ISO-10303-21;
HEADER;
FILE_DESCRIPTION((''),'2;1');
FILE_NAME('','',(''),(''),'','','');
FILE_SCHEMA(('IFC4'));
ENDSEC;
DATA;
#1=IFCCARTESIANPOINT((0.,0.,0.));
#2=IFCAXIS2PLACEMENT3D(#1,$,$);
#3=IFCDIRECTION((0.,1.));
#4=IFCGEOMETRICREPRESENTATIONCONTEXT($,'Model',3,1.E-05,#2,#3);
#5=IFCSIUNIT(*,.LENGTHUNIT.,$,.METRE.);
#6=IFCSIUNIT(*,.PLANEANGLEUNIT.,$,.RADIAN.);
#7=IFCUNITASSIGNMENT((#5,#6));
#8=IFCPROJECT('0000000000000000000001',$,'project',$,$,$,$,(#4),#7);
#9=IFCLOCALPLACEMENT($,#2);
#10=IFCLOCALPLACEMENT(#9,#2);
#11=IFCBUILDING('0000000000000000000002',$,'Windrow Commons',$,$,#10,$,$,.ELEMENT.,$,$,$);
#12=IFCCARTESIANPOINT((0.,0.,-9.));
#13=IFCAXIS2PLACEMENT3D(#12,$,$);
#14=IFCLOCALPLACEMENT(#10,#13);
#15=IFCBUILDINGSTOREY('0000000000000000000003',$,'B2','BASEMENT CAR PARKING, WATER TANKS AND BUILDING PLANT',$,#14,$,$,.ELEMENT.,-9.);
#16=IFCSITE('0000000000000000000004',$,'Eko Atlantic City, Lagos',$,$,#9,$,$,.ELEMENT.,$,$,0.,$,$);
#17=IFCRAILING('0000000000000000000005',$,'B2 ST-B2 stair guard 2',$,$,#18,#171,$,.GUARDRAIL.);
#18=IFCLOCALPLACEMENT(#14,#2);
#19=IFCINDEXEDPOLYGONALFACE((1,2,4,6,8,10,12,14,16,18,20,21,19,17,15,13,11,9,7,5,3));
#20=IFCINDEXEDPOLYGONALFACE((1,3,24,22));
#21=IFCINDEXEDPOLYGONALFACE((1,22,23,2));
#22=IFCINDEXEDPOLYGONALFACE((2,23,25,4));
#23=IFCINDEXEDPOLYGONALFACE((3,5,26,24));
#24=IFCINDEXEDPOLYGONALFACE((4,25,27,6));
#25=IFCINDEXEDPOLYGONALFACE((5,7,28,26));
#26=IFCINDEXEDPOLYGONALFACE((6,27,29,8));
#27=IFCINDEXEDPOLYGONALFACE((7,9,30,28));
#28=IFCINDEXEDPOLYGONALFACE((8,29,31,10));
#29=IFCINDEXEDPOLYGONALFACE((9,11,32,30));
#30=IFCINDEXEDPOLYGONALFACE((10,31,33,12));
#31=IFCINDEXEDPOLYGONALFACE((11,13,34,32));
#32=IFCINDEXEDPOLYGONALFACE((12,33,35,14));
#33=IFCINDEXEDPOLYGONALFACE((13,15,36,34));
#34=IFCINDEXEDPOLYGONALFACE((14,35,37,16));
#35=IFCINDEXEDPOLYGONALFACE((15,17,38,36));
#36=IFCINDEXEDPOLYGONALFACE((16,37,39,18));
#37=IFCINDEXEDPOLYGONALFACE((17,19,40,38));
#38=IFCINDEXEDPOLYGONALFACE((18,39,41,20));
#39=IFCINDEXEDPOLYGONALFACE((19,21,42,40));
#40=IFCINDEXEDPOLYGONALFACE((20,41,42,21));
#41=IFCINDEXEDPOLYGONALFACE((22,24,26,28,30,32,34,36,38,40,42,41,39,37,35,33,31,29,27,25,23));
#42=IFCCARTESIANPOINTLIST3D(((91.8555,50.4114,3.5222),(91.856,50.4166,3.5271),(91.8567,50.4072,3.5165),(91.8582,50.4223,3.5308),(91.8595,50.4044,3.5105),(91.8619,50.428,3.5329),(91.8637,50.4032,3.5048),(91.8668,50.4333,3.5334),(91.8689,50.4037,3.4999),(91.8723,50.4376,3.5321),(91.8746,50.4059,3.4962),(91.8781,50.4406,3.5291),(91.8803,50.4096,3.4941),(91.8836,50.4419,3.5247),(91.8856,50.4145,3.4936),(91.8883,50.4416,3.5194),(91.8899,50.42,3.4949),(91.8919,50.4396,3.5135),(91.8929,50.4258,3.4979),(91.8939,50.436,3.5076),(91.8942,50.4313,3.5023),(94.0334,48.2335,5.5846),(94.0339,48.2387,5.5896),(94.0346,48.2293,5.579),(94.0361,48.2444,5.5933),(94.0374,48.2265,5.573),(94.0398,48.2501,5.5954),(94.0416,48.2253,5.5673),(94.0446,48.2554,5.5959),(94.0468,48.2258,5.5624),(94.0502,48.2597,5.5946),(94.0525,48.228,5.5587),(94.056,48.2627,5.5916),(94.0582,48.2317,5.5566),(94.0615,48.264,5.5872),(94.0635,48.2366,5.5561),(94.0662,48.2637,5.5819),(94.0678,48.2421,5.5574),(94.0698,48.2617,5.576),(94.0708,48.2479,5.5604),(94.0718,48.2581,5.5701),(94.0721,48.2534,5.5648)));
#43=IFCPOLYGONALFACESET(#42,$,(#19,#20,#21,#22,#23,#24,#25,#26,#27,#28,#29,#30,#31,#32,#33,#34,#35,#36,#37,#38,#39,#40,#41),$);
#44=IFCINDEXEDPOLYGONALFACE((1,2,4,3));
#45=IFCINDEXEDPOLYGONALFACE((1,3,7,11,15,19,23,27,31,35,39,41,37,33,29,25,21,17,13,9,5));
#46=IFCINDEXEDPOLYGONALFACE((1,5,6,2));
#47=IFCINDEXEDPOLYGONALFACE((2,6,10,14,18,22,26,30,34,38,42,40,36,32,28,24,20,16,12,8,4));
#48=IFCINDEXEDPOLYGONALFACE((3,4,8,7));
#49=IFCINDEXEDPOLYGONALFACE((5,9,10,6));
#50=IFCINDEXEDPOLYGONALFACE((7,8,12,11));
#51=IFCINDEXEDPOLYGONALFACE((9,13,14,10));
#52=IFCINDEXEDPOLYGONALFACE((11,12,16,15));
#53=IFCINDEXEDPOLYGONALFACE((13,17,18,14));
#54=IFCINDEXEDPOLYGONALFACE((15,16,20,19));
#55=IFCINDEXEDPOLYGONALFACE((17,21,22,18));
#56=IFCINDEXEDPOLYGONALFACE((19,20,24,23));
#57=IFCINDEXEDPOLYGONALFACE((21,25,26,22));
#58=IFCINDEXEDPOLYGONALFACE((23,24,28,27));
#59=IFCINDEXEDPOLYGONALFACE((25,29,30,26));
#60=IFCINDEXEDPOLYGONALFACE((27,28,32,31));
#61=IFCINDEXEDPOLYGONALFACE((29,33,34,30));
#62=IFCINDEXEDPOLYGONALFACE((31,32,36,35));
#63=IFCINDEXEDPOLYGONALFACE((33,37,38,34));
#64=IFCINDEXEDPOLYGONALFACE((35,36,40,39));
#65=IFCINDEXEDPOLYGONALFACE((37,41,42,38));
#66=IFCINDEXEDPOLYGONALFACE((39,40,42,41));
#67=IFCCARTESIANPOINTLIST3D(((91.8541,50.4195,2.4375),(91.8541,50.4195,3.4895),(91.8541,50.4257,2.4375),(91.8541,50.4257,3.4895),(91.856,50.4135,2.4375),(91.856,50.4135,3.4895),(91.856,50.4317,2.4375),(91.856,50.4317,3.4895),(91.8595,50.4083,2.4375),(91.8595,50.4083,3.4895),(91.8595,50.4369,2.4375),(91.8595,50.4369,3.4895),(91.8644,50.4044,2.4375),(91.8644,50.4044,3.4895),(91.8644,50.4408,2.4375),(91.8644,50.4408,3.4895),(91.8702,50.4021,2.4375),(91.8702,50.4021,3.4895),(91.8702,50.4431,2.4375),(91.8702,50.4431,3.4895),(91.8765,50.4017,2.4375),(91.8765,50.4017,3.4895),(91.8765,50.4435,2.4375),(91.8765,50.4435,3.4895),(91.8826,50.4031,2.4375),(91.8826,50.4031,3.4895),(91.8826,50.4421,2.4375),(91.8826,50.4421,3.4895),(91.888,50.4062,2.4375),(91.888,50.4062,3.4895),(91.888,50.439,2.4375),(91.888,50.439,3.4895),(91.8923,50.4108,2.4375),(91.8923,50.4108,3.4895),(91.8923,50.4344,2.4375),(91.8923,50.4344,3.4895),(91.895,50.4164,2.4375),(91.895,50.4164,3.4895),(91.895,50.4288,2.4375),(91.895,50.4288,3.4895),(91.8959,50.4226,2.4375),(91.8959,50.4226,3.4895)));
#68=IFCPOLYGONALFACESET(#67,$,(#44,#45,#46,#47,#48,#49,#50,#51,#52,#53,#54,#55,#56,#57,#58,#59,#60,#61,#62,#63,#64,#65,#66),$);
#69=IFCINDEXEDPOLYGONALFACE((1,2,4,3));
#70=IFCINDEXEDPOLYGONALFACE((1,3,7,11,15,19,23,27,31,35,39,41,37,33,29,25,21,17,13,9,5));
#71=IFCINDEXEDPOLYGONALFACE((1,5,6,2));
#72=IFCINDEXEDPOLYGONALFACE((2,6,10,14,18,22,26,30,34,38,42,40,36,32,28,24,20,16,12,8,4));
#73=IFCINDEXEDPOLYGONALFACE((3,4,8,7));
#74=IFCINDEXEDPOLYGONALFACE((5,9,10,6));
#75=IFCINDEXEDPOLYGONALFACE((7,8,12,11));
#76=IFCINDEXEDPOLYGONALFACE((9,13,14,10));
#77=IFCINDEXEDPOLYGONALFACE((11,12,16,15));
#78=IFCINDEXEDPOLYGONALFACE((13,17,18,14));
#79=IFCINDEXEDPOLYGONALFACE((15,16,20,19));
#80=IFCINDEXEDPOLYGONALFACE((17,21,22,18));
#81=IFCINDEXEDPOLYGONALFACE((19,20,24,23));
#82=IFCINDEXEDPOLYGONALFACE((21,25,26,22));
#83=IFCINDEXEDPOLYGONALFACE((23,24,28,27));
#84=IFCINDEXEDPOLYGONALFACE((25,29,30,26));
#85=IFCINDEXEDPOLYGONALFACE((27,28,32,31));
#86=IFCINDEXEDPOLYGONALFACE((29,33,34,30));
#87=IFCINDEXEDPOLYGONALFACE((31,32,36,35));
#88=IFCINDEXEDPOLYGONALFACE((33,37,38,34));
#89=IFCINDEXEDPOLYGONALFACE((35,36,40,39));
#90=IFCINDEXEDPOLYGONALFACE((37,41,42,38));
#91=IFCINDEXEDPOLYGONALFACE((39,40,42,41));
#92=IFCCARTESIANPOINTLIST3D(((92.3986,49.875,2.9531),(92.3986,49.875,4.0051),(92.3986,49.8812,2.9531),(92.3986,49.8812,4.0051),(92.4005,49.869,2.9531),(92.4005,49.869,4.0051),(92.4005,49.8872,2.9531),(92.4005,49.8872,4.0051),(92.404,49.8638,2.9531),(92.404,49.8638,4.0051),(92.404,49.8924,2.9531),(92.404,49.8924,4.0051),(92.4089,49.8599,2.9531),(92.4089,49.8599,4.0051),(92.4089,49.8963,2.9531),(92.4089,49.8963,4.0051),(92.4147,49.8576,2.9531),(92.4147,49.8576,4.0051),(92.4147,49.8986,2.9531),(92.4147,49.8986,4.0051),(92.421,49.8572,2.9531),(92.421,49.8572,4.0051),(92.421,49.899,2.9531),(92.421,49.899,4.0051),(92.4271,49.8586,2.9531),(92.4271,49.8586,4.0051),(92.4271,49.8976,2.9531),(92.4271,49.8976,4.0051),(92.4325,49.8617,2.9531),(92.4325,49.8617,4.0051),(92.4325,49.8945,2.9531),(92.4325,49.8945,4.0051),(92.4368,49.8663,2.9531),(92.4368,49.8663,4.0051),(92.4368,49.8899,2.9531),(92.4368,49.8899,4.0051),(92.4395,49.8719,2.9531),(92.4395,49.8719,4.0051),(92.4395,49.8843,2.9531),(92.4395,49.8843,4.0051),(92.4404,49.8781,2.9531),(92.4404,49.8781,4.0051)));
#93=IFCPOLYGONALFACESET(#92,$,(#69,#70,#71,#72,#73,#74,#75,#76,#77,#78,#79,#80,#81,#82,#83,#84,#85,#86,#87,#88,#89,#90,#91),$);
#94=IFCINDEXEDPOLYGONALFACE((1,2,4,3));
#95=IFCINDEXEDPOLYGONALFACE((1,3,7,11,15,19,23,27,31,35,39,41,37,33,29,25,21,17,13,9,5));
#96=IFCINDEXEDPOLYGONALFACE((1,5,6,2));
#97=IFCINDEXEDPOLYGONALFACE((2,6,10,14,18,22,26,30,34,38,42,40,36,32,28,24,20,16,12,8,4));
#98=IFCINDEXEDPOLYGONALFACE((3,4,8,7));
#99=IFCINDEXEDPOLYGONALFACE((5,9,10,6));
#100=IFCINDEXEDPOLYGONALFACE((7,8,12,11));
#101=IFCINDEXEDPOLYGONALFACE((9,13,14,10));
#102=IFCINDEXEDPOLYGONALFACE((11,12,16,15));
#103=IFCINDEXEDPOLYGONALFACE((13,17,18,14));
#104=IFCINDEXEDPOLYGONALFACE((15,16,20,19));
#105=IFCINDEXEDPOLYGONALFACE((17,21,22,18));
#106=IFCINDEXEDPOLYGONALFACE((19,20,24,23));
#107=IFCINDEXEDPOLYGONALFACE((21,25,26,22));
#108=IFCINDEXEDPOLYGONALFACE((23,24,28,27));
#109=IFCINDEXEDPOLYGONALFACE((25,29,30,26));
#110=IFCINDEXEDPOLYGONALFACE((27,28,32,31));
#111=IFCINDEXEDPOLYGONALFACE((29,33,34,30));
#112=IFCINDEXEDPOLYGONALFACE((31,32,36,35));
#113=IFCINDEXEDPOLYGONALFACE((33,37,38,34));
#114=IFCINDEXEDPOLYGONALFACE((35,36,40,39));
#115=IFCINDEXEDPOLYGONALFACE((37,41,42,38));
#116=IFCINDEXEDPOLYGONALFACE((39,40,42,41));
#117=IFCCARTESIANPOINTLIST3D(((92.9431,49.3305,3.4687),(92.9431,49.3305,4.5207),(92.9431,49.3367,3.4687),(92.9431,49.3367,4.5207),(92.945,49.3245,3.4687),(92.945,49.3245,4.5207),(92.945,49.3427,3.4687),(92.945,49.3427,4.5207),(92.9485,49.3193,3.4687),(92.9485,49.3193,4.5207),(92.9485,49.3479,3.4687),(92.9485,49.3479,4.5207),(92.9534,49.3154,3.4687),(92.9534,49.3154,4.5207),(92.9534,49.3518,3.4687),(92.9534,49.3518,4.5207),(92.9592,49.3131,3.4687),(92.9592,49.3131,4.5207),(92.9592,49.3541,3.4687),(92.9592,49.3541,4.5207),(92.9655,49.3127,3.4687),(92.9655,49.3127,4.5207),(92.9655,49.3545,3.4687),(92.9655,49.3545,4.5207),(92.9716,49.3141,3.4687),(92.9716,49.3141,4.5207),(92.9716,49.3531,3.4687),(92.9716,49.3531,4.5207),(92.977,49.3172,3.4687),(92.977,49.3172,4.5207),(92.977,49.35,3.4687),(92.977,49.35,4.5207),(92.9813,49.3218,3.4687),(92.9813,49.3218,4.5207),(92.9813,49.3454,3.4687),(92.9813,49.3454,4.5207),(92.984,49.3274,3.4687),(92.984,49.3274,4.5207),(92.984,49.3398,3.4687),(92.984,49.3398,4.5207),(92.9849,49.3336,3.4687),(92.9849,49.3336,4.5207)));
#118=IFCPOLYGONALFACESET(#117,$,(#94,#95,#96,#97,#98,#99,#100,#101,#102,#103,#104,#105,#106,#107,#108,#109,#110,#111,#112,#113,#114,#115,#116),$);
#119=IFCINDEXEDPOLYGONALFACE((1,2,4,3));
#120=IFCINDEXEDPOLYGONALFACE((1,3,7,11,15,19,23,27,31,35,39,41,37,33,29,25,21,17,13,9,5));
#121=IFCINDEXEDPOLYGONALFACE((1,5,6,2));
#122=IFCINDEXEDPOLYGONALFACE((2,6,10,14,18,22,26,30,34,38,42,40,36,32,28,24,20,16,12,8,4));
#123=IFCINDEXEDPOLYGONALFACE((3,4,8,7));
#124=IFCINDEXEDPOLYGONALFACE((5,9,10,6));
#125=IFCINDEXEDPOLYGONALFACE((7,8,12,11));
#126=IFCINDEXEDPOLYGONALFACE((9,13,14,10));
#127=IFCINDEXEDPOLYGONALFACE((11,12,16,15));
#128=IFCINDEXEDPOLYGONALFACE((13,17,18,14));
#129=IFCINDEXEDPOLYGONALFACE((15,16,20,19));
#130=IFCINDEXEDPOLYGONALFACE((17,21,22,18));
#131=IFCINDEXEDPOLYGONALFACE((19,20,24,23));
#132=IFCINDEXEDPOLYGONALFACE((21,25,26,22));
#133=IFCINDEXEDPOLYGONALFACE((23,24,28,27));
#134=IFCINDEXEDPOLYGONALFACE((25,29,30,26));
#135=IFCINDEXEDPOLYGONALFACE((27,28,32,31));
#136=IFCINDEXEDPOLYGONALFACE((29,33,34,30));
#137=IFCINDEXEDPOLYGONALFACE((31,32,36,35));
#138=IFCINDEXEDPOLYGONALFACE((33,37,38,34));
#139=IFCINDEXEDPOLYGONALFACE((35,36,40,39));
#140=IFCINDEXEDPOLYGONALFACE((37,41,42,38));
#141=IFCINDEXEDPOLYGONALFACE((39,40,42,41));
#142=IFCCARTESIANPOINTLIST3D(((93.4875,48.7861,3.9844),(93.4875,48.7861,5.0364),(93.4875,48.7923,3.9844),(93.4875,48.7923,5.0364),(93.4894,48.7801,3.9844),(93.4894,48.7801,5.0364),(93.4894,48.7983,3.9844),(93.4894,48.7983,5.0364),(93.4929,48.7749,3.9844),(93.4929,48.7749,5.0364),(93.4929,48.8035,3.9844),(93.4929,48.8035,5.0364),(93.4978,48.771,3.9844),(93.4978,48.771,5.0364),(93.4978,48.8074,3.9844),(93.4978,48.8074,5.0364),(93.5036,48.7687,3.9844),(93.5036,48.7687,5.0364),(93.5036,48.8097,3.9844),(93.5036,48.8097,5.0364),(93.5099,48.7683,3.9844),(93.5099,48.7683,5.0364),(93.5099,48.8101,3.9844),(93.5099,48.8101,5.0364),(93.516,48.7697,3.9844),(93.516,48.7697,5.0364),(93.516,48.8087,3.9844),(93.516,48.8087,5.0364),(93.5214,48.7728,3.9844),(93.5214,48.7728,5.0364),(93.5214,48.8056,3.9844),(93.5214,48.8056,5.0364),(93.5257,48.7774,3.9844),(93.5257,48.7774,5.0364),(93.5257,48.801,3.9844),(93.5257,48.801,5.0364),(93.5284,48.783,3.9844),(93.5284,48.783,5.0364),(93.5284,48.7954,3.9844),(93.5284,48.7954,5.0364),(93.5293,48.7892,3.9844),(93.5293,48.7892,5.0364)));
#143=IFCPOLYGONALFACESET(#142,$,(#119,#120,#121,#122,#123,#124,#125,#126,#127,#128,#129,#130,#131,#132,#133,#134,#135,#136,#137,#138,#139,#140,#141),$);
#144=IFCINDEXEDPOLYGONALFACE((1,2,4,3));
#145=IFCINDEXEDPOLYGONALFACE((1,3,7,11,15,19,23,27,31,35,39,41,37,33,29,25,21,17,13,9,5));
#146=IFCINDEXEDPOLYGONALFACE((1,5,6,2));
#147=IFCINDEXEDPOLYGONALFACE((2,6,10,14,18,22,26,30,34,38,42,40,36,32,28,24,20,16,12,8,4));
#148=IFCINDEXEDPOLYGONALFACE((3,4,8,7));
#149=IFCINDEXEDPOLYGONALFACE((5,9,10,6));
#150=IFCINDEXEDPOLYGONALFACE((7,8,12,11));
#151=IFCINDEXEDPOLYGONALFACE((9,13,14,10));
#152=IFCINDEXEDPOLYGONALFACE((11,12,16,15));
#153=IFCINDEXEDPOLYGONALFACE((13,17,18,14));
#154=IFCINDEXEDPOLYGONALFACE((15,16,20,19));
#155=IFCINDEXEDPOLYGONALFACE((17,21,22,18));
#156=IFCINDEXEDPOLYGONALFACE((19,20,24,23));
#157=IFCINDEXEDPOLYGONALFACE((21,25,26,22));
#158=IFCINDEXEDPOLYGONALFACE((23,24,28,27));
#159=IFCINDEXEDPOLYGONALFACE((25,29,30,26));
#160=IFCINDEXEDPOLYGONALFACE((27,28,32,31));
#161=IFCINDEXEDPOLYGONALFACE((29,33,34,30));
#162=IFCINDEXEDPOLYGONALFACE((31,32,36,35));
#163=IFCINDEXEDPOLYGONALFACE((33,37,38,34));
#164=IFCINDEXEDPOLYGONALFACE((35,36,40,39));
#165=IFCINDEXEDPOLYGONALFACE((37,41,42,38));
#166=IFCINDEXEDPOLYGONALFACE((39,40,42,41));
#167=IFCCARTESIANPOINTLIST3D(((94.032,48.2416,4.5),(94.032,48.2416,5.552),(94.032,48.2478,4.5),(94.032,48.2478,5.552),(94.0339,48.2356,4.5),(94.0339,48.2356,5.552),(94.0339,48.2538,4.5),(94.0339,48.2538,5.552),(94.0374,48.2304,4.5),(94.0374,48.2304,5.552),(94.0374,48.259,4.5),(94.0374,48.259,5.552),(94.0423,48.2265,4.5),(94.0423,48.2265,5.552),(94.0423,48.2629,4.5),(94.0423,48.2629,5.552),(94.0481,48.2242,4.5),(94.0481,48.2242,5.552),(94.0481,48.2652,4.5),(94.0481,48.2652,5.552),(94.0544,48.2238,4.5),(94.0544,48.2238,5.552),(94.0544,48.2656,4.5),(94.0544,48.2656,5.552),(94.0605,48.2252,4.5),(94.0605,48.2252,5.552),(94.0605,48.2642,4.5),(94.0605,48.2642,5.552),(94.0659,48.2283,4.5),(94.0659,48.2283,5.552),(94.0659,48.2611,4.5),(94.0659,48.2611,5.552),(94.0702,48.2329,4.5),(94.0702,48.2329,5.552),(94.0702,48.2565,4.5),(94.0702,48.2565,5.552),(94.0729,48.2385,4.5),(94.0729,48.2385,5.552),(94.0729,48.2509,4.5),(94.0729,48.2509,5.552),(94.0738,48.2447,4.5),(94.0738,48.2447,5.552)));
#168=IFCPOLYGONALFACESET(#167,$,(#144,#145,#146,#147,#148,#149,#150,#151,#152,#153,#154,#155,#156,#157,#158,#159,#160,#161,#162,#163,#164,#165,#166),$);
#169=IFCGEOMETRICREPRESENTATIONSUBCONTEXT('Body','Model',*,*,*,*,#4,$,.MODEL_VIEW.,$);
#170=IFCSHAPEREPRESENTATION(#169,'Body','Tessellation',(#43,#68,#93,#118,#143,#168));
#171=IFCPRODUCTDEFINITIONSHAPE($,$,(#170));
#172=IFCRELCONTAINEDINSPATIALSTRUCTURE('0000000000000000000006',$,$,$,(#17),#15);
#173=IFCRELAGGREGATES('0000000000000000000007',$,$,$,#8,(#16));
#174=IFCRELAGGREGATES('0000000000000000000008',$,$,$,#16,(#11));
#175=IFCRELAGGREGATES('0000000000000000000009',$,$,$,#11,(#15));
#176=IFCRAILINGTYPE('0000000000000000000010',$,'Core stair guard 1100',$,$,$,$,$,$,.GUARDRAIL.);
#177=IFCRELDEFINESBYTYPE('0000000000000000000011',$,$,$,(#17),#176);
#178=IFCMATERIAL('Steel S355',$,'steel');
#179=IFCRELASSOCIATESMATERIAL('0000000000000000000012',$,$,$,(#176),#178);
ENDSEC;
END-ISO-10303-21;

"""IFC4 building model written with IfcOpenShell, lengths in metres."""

from ifc_helpers import new_model, si_unit, direction, frame, origin, origin_2d, place, context, subcontext, project, spatial, circle, extrude, material, type_object, element, save


model = new_model("IFC4")

# Units and contexts
model_context = context("Model", 3, precision=1e-05, world=origin(), true_north=direction((0.0, 1.0)))
body_context = subcontext(model_context, "Body", "Model", "MODEL_VIEW")
ifc_project = project(units=[si_unit("LENGTHUNIT", "METRE"), si_unit("PLANEANGLEUNIT", "RADIAN")], contexts=[model_context])

# Site, building, storey
site_placement = place(None, origin())
site = spatial("IfcSite", under=ifc_project, at=site_placement, Name="Eko Atlantic City, Lagos", CompositionType="ELEMENT", RefElevation=0.0)
building_placement = place(site_placement, origin())
building = spatial("IfcBuilding", under=site, at=building_placement, Name="Windrow Commons", CompositionType="ELEMENT")
storey_placement = place(building_placement, frame((0.0, 0.0, -9.0)))
storey = spatial("IfcBuildingStorey", under=building, at=storey_placement, Name="B2", Description="BASEMENT CAR PARKING, WATER TANKS AND BUILDING PLANT", CompositionType="ELEMENT", Elevation=-9.0)

# Railing
ifc_material_1 = material(Name="Steel S355", Category="steel")
railing_type_1 = type_object("IfcRailingType", Name="Core stair guard 1100", PredefinedType="GUARDRAIL", material=ifc_material_1)
railing_1_placement = place(storey_placement, frame((91.8749, 50.4226, 2.4375)))
element("IfcRailing", 1, at=railing_1_placement, inside=storey, type_object=railing_type_1, Name="B2 ST-B2 stair guard 2", PredefinedType="GUARDRAIL", context=body_context, shape_type="SweptSolid", body=[
    extrude(circle(Radius=0.024, at=origin_2d()), frame((0.0, 0.0, 1.076), z_axis=(0.587541, -0.587541, 0.556409), x_axis=(0.707107, 0.707107, 0.0)), (0.0, 0.0, 1.0), 3.7068),
    extrude(circle(Radius=0.021, at=origin_2d()), origin(), (0.0, 0.0, 1.0), 1.052),
    extrude(circle(Radius=0.021, at=origin_2d()), frame((0.5445, -0.5445, 0.5156)), (0.0, 0.0, 1.0), 1.052),
    extrude(circle(Radius=0.021, at=origin_2d()), frame((1.089, -1.089, 1.0312)), (0.0, 0.0, 1.0), 1.052),
    extrude(circle(Radius=0.021, at=origin_2d()), frame((1.6334, -1.6334, 1.5469)), (0.0, 0.0, 1.0), 1.052),
    extrude(circle(Radius=0.021, at=origin_2d()), frame((2.1779, -2.1779, 2.0625)), (0.0, 0.0, 1.0), 1.052),
])

save(model, "model.ifc")
